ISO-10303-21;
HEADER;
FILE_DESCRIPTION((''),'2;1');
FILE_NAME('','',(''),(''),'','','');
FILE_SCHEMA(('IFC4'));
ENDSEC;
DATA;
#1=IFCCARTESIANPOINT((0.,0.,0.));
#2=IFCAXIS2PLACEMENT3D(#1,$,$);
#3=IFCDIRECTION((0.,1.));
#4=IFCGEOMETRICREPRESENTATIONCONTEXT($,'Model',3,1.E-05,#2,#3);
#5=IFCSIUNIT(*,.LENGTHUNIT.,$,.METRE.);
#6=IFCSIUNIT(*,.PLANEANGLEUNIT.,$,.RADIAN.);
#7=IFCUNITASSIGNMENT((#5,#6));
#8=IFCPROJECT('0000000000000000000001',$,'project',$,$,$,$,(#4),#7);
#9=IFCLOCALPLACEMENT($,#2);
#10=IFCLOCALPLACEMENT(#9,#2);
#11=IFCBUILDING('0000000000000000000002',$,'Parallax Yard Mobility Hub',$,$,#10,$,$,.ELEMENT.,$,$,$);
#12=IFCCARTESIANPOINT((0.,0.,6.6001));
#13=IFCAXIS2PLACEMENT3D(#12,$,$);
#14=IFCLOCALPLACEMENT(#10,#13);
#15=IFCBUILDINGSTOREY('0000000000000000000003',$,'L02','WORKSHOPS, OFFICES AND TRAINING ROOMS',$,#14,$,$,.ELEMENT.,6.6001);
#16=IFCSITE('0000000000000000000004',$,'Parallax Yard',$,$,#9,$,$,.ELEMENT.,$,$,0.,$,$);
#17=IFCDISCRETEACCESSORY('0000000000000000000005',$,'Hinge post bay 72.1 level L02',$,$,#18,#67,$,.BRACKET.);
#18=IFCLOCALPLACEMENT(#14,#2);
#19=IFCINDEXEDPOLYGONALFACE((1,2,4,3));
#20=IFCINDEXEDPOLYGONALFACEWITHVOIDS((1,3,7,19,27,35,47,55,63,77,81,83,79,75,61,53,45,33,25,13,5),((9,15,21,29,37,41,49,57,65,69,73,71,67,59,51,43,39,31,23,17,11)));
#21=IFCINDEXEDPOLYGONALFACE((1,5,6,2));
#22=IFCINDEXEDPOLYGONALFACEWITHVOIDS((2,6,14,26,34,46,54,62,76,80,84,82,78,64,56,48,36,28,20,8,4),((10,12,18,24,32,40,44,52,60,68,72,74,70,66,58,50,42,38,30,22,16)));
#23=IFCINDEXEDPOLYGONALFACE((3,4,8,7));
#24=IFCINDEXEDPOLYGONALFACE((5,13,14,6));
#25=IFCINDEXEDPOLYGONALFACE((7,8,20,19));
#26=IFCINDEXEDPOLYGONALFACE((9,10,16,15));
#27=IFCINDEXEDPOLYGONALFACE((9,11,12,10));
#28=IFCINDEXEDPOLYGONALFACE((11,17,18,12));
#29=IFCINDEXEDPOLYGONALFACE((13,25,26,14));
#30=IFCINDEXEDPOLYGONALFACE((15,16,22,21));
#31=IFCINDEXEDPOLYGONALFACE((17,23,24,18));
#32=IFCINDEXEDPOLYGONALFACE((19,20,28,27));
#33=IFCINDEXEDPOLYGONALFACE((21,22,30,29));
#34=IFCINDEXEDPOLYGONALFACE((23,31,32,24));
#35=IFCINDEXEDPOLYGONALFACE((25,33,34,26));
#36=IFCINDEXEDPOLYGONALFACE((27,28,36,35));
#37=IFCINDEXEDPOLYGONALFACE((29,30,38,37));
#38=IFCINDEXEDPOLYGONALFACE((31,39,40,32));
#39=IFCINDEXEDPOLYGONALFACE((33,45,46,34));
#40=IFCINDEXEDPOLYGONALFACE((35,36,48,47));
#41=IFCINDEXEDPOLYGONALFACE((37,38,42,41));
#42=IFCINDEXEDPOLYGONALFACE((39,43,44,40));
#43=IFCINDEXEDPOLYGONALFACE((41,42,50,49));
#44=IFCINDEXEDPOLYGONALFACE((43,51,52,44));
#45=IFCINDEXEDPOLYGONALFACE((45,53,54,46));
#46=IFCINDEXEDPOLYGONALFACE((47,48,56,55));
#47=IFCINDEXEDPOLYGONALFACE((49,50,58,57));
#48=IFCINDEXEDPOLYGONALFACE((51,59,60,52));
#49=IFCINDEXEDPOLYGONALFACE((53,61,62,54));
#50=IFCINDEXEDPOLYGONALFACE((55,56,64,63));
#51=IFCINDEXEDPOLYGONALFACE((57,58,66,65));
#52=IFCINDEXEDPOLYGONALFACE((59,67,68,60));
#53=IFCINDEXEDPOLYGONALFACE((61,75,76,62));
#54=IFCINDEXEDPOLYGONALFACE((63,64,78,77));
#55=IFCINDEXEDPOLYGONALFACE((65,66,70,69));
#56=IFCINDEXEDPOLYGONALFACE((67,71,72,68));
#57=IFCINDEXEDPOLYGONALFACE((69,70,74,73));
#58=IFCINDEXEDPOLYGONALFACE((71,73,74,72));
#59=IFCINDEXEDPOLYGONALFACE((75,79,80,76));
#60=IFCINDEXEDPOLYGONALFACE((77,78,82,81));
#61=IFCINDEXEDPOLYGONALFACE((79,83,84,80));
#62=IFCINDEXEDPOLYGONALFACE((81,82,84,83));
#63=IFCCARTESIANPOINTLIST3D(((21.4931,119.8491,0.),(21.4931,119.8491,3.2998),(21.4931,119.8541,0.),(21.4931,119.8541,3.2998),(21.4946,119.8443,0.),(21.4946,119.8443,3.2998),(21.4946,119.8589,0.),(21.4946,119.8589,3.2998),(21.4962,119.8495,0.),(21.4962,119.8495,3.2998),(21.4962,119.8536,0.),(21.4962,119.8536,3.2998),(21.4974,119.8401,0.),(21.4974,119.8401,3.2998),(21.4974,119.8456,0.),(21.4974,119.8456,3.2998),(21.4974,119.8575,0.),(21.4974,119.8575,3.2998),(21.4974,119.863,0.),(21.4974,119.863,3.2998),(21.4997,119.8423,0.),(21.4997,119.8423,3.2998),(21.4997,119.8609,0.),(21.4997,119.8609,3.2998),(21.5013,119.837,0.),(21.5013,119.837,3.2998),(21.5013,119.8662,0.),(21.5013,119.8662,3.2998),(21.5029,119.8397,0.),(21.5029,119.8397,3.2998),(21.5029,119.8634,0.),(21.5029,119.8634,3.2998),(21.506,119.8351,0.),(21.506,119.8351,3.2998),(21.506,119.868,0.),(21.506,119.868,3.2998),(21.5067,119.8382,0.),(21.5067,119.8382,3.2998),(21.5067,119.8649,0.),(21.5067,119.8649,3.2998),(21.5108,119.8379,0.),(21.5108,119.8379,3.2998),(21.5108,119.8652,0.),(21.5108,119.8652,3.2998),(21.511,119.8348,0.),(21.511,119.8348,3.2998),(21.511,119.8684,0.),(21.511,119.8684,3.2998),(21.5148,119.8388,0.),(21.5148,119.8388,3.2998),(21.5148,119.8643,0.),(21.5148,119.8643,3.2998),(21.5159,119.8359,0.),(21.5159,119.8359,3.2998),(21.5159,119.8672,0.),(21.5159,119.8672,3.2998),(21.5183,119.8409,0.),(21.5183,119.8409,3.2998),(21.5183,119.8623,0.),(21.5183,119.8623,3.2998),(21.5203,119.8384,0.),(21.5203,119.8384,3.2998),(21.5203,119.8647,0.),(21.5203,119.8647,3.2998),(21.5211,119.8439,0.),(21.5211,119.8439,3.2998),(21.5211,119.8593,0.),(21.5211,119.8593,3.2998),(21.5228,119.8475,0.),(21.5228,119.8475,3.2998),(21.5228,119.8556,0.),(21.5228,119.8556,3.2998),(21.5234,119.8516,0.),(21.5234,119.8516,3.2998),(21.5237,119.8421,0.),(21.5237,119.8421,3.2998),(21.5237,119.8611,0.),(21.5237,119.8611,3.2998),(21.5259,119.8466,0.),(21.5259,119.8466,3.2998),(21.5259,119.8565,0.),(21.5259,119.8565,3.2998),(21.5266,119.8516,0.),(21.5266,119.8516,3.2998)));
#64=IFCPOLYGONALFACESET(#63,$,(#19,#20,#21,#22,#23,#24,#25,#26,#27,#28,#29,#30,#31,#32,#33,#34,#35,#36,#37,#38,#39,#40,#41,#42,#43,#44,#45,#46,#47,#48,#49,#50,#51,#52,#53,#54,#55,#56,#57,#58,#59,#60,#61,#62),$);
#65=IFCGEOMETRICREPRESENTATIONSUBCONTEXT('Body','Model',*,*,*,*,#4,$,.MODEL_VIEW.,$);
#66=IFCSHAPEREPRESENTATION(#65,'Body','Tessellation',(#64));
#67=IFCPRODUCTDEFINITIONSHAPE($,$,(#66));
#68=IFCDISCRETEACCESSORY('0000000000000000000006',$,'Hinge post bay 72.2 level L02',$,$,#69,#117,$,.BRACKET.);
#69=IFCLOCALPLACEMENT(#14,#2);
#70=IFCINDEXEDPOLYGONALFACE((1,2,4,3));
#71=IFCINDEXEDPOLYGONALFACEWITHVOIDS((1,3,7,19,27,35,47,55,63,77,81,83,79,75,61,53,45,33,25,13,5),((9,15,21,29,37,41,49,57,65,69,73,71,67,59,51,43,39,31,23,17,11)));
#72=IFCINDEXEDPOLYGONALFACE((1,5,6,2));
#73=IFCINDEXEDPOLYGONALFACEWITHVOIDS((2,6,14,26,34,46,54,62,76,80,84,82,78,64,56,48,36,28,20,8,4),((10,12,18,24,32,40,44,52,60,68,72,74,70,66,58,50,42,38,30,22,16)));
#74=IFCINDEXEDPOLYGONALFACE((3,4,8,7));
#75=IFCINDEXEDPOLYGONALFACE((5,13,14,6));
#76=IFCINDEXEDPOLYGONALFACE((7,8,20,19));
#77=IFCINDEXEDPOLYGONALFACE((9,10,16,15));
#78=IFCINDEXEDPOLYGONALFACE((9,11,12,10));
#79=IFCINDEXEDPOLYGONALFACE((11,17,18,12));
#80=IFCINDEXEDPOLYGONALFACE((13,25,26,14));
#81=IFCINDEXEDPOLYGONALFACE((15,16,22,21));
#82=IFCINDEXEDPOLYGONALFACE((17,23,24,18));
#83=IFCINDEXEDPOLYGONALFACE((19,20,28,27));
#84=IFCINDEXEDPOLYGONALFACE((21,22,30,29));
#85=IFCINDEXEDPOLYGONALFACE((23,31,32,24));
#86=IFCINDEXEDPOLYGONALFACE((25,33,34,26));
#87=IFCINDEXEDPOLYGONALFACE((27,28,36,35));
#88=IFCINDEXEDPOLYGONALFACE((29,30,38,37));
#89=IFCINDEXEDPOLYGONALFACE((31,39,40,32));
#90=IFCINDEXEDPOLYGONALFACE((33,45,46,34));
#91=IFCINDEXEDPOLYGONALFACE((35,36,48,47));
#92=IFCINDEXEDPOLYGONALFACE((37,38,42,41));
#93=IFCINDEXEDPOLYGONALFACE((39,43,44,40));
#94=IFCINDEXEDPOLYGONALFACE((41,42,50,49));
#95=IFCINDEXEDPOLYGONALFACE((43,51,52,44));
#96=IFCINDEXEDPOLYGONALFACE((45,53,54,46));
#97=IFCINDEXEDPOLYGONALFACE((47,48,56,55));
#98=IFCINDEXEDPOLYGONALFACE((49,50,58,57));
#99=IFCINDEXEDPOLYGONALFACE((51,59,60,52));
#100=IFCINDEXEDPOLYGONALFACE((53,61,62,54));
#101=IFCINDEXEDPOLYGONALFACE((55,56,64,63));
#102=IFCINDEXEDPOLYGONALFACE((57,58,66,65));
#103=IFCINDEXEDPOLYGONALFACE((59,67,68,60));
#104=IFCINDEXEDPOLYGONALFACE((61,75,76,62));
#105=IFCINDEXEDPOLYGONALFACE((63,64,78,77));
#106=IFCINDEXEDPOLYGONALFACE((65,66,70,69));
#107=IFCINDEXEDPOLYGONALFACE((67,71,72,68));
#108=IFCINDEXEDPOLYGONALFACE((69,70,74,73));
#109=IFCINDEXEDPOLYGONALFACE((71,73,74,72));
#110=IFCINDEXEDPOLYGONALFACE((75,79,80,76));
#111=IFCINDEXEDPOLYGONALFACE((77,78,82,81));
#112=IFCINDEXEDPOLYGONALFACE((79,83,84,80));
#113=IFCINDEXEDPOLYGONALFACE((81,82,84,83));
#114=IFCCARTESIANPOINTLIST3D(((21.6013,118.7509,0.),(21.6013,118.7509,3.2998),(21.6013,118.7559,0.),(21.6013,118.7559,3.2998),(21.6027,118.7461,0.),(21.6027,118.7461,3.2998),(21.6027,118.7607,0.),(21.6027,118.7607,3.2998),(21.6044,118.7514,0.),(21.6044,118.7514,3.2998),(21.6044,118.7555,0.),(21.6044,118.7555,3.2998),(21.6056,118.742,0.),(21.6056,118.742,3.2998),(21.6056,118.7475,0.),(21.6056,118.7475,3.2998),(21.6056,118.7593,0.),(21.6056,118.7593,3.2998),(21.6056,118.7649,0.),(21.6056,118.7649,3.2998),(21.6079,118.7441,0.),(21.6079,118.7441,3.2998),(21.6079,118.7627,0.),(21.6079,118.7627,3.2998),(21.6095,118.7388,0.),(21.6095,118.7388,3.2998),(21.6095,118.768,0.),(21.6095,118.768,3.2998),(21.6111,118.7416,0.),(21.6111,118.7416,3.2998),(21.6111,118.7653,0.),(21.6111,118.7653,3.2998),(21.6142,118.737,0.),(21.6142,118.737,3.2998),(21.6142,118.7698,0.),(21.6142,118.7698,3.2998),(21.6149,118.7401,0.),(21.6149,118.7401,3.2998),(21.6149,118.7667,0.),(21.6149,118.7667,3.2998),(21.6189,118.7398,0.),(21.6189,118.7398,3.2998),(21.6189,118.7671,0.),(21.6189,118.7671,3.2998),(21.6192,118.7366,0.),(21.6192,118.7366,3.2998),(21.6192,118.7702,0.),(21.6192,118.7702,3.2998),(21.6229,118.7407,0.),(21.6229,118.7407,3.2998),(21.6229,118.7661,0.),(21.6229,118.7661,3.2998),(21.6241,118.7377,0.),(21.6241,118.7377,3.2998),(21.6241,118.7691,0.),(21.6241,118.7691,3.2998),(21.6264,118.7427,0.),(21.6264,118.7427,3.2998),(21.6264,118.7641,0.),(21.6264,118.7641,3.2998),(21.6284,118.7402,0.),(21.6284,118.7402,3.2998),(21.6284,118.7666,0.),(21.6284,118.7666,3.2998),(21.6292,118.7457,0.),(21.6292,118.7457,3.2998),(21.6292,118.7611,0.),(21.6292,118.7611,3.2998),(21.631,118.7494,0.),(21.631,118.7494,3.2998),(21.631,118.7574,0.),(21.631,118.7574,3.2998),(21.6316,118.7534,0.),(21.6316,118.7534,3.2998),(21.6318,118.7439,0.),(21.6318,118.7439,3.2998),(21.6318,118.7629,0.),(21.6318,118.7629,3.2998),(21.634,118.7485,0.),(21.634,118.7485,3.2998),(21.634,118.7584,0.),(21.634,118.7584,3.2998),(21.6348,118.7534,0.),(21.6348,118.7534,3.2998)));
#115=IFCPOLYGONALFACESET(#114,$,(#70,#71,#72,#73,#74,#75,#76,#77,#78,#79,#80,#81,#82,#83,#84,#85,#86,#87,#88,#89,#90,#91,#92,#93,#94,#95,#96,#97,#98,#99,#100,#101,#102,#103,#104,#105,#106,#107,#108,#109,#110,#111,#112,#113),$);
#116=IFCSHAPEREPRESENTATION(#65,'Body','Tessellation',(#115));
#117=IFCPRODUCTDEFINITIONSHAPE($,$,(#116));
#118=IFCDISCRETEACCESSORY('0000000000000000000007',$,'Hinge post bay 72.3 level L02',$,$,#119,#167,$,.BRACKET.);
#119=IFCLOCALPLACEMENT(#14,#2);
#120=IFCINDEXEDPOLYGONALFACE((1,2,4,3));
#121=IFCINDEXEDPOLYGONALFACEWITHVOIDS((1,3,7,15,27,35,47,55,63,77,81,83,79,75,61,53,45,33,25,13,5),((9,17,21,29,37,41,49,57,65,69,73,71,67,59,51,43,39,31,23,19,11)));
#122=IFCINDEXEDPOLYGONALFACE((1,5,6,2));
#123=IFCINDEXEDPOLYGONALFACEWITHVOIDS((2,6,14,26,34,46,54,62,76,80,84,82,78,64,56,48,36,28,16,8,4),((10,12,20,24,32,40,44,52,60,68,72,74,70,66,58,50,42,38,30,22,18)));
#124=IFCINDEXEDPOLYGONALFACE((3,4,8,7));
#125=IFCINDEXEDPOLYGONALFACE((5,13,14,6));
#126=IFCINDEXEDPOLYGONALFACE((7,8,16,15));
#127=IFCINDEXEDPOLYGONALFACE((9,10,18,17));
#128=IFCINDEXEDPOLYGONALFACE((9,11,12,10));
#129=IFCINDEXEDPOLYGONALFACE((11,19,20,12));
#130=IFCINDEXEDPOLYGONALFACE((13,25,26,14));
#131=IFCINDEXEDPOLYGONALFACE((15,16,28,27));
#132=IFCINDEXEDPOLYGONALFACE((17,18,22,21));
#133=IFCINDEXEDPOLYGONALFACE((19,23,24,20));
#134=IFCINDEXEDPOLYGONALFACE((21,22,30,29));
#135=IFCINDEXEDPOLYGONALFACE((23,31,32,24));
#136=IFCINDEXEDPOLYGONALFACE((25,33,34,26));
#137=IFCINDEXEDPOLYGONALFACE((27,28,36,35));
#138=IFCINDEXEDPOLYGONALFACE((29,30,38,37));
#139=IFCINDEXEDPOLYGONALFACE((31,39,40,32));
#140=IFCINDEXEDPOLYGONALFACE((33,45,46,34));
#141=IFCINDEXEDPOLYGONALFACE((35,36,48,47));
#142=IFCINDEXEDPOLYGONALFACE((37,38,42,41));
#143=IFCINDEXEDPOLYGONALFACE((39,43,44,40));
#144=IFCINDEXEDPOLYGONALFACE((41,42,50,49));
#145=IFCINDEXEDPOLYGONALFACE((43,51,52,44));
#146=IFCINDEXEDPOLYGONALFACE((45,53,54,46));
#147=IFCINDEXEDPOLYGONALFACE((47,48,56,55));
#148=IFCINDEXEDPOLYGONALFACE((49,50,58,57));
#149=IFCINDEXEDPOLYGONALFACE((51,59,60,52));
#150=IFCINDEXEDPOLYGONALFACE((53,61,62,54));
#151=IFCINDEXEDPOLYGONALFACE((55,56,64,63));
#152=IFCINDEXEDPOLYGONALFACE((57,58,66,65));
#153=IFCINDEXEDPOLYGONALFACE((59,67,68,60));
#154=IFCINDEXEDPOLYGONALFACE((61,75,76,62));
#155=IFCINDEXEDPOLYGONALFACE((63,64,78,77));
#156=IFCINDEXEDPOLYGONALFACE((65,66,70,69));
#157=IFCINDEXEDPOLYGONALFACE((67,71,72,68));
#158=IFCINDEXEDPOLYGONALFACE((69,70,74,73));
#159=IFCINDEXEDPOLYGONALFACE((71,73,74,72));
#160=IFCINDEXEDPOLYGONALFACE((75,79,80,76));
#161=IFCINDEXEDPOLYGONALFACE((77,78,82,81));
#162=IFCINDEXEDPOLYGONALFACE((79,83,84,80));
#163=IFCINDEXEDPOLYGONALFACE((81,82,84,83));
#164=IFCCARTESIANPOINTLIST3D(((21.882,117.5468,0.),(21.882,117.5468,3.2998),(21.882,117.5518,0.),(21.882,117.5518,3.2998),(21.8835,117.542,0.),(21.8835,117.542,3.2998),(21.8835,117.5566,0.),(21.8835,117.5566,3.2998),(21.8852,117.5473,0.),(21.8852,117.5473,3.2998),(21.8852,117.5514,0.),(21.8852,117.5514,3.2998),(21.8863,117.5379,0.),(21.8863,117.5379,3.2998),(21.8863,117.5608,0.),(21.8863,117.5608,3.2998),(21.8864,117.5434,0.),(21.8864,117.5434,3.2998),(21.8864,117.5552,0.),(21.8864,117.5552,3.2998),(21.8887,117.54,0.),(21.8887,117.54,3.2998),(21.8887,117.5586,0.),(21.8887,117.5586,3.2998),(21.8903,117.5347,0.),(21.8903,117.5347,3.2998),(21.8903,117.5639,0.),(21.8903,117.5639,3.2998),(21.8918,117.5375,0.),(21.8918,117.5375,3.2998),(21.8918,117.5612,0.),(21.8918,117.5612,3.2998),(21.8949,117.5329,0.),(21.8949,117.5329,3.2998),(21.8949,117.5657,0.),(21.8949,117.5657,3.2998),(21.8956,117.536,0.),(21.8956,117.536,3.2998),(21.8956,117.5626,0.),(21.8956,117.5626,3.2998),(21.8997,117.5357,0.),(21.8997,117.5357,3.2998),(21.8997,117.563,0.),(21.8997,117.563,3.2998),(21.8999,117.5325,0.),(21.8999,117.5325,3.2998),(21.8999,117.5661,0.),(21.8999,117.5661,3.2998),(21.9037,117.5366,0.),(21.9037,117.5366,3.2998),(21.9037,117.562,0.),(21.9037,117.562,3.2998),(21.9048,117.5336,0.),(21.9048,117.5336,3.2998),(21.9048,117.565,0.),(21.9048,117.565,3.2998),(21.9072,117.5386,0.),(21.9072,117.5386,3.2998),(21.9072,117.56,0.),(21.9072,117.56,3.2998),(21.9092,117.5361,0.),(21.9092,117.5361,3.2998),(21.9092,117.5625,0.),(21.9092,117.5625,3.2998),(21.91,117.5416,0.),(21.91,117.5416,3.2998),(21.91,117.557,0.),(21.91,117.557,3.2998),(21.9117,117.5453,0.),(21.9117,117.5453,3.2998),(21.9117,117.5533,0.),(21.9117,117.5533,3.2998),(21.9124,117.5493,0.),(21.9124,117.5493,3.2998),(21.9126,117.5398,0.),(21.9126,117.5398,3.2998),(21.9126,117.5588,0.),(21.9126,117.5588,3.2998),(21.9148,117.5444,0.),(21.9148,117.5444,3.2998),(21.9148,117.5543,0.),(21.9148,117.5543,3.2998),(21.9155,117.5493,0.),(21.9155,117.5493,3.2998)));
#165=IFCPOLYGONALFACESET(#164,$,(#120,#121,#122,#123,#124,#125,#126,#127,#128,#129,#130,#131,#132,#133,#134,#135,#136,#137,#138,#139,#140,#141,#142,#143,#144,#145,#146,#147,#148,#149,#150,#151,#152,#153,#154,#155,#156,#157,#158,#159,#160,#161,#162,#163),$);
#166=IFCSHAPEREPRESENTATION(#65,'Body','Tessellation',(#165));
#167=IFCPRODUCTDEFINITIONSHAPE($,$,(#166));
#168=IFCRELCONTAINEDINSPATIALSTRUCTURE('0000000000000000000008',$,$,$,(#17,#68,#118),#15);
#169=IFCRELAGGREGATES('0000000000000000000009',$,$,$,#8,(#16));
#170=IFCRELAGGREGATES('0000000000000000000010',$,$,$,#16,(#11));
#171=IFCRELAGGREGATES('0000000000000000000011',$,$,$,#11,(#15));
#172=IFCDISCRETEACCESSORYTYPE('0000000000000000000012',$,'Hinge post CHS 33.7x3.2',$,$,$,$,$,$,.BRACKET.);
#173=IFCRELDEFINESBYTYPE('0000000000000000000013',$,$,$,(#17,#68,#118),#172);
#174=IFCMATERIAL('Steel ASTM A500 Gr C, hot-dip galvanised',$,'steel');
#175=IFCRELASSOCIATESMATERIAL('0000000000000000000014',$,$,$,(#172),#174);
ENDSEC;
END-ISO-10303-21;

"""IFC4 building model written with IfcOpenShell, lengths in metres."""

from ifc_helpers import new_model, si_unit, direction, frame, origin, origin_2d, place, context, subcontext, project, spatial, hollow_circle, extrude, material, material_profile, profile_set, type_object, element, save


model = new_model("IFC4")

# Units and contexts
model_context = context("Model", 3, precision=1e-05, world=origin(), true_north=direction((0.0, 1.0)))
body_context = subcontext(model_context, "Body", "Model", "MODEL_VIEW")
ifc_project = project(units=[si_unit("LENGTHUNIT", "METRE"), si_unit("PLANEANGLEUNIT", "RADIAN")], contexts=[model_context])

# Site, building, storey
site_placement = place(None, origin())
site = spatial("IfcSite", under=ifc_project, at=site_placement, Name="Parallax Yard", CompositionType="ELEMENT", RefElevation=0.0)
building_placement = place(site_placement, origin())
building = spatial("IfcBuilding", under=site, at=building_placement, Name="Parallax Yard Mobility Hub", CompositionType="ELEMENT")
storey_placement = place(building_placement, frame((0.0, 0.0, 6.6001)))
storey = spatial("IfcBuildingStorey", under=building, at=storey_placement, Name="L02", Description="WORKSHOPS, OFFICES AND TRAINING ROOMS", CompositionType="ELEMENT", Elevation=6.6001)

# Discrete accessories
ifc_material_1 = material(Name="Steel ASTM A500 Gr C, hot-dip galvanised", Category="steel")
ifc_material_profile_1 = material_profile(ifc_material_1, hollow_circle(Radius=0.0168, WallThickness=0.0032, at=origin_2d()), Name="CHS 33.7x3.2")
ifc_profile_set_1 = profile_set([ifc_material_profile_1], Name="Steel ASTM A500 Gr C, hot-dip galvanised")
discrete_accessory_type_1 = type_object("IfcDiscreteAccessoryType", Name="Hinge post CHS 33.7x3.2", PredefinedType="BRACKET", material=ifc_profile_set_1)
for number, where, z_axis, x_axis, name in (
    (1, (21.5098, 119.8516, 0.0), (0.0, 0.0, 1.0), (1.0, 0.0, 0.0), "Hinge post bay 72.1 level L02"),
    (2, (21.6179, 118.7534, 0.0), (0.0, 0.0, 1.0), (1.0, 0.0, 0.0), "Hinge post bay 72.2 level L02"),
    (3, (21.8987, 117.5493, 0.0), (0.0, 0.0, 1.0), (1.0, 0.0, 0.0), "Hinge post bay 72.3 level L02"),
):
    element("IfcDiscreteAccessory", number, at=place(storey_placement, frame(where, z_axis=z_axis, x_axis=x_axis)), inside=storey, type_object=discrete_accessory_type_1, Name=name, PredefinedType="BRACKET", context=body_context, shape_type="SweptSolid", body=[
        extrude(hollow_circle(Radius=0.0168, WallThickness=0.0032, at=origin_2d()), origin(), (0.0, 0.0, 1.0), 3.2998),
    ])

save(model, "model.ifc")
